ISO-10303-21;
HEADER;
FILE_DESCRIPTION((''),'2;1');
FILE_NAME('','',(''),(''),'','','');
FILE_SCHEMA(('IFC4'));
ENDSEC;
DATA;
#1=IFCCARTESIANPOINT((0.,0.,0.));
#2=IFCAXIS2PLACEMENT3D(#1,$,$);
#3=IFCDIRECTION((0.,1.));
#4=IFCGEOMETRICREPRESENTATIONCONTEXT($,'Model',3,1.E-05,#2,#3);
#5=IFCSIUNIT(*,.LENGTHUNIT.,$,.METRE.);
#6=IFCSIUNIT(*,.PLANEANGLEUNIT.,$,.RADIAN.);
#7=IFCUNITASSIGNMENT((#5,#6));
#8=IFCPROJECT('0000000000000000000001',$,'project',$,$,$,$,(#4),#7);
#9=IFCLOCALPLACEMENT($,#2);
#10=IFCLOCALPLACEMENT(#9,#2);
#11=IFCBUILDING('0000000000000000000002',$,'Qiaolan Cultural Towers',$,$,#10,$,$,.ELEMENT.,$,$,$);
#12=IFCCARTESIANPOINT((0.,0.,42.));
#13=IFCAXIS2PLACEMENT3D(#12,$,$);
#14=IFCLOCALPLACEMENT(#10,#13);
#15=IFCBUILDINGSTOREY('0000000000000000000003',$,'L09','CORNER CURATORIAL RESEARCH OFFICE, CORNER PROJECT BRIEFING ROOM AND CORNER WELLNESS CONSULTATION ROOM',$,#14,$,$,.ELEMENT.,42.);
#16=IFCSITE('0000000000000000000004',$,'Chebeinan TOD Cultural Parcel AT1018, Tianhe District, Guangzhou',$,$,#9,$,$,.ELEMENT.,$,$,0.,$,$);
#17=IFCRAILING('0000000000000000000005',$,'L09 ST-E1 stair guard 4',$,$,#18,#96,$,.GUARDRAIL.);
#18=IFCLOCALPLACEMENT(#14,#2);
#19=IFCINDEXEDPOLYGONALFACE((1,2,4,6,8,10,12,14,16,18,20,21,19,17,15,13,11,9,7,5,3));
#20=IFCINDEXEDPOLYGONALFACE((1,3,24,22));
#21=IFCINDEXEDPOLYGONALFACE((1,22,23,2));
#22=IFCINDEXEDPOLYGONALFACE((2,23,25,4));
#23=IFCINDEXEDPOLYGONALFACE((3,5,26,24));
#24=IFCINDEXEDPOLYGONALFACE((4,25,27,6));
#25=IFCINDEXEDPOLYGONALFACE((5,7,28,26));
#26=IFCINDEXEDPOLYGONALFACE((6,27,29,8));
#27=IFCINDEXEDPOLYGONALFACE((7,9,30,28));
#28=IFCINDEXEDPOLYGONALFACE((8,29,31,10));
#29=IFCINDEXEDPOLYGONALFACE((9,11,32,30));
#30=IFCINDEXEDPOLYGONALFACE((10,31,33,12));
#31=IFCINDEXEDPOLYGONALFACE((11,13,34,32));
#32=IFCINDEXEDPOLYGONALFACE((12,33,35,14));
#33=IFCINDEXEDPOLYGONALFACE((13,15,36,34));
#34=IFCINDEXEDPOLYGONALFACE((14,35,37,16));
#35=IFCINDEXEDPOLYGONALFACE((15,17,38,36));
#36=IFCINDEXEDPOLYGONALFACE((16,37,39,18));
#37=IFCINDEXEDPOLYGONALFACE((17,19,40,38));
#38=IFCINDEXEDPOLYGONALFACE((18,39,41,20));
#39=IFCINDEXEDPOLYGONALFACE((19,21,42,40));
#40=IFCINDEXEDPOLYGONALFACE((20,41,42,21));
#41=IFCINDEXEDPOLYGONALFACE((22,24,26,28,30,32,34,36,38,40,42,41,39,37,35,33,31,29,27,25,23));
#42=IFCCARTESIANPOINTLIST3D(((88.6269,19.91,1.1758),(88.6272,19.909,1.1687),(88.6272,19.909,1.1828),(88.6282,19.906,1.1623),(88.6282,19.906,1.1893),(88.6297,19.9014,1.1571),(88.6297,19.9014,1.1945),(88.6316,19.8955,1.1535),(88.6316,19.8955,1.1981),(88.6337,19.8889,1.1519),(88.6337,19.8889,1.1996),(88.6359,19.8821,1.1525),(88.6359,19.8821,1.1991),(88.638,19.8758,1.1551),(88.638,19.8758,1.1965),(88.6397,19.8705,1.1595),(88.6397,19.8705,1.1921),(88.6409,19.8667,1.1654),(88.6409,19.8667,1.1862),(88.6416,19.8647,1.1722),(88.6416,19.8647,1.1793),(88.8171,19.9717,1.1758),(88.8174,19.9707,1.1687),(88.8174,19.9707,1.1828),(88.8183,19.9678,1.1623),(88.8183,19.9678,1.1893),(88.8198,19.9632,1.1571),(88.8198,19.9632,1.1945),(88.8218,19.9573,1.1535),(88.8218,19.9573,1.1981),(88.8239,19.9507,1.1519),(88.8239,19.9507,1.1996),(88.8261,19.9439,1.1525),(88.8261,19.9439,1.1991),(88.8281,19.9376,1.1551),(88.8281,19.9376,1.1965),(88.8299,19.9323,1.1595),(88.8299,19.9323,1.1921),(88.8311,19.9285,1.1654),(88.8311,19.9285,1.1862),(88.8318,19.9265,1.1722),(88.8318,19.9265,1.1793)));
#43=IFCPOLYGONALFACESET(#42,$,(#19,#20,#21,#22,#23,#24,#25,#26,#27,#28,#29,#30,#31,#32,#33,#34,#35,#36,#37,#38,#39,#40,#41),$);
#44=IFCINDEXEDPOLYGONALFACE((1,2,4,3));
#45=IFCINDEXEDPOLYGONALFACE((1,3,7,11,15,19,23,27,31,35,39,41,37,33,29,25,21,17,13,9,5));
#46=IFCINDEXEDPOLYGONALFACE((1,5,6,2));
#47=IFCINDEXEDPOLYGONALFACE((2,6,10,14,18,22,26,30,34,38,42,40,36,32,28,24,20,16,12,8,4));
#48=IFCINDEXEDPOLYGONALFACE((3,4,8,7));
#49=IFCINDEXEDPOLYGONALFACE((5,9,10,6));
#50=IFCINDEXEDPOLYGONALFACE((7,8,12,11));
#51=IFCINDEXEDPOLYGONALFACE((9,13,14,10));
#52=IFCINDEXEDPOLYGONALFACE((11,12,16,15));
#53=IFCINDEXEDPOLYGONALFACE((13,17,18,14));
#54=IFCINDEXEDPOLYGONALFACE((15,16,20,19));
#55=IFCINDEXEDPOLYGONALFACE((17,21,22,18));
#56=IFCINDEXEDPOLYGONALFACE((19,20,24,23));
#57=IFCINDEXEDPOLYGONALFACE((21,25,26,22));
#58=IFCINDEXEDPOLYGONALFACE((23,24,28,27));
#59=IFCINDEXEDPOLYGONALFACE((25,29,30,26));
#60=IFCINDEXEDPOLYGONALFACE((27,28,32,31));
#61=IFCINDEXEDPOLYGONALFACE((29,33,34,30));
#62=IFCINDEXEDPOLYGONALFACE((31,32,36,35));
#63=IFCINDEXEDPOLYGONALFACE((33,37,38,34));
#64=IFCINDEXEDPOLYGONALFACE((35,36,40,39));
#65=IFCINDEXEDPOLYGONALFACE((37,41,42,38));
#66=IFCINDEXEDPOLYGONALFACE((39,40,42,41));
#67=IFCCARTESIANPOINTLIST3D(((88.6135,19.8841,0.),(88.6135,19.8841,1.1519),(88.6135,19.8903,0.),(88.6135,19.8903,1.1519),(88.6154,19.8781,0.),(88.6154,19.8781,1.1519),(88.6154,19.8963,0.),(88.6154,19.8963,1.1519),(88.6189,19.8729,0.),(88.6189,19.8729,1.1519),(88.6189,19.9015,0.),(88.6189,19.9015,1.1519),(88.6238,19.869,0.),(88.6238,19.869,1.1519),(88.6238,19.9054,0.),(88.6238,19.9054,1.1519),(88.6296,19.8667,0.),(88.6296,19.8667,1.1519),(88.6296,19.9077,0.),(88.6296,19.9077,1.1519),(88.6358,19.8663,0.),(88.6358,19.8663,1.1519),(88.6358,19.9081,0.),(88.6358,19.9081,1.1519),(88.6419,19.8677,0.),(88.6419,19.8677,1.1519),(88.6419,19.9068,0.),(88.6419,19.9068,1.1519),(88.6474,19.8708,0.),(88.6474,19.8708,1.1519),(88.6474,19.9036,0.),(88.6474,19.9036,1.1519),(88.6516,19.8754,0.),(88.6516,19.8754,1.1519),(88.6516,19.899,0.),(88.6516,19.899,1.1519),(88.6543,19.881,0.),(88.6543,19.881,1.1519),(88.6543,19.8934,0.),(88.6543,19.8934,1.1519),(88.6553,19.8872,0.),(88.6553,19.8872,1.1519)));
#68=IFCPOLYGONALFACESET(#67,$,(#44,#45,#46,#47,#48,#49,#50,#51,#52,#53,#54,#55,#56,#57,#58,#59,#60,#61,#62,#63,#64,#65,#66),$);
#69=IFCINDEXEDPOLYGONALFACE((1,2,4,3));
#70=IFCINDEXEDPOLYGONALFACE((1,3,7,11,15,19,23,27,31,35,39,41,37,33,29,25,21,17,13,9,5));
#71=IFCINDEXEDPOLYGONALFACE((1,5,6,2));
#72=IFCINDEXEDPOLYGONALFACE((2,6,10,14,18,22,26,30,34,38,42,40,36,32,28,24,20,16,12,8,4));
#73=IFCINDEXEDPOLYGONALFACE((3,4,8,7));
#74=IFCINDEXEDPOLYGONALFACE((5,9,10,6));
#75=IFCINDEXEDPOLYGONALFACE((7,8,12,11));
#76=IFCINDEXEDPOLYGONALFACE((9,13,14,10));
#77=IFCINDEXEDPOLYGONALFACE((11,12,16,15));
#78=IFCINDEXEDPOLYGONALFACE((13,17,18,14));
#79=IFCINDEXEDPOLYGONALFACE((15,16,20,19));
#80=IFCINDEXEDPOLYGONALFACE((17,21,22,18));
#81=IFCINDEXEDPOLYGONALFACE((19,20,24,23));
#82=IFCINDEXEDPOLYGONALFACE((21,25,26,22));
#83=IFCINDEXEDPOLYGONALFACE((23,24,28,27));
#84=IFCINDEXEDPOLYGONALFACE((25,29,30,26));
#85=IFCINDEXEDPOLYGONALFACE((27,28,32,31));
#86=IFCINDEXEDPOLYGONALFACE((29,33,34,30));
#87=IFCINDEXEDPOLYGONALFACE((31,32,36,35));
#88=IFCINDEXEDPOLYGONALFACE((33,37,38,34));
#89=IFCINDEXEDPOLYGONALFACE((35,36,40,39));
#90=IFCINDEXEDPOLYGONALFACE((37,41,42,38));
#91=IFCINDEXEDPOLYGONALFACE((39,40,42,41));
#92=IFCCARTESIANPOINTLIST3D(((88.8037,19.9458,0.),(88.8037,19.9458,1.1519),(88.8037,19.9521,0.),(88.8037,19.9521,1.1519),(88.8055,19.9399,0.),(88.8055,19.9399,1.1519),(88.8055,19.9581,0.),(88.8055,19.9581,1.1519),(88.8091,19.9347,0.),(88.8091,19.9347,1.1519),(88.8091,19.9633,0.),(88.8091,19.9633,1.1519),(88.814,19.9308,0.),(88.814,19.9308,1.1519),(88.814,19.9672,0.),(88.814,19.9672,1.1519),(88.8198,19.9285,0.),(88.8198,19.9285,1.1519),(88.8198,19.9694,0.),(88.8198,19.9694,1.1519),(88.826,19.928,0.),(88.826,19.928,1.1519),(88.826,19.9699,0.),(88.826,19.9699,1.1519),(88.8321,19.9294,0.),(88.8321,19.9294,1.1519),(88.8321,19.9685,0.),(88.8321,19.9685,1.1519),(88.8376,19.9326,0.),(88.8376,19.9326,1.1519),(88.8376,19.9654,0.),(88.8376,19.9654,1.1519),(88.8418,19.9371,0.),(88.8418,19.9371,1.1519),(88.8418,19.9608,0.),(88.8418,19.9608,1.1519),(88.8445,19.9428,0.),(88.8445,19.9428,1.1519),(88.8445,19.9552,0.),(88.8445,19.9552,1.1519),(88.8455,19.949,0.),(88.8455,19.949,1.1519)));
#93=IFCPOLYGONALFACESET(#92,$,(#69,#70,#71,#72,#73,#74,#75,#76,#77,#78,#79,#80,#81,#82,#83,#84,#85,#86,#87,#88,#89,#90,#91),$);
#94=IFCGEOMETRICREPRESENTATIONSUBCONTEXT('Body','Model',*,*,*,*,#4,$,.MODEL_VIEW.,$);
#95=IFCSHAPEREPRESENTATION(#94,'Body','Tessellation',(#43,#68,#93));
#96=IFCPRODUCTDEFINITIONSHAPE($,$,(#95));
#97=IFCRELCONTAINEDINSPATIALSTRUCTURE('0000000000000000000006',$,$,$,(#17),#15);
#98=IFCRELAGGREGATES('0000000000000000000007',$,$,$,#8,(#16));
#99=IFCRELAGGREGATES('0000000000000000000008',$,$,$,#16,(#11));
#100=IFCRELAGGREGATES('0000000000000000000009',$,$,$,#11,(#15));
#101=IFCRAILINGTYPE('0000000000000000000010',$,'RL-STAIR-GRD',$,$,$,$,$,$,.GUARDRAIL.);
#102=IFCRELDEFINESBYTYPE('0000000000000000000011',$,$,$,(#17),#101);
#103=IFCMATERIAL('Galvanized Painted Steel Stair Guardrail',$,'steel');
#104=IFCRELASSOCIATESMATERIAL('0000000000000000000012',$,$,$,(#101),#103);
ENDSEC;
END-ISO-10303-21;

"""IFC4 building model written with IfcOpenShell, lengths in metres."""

from ifc_helpers import new_model, si_unit, direction, frame, origin, origin_2d, place, context, subcontext, project, spatial, circle, extrude, material, type_object, element, save


model = new_model("IFC4")

# Units and contexts
model_context = context("Model", 3, precision=1e-05, world=origin(), true_north=direction((0.0, 1.0)))
body_context = subcontext(model_context, "Body", "Model", "MODEL_VIEW")
ifc_project = project(units=[si_unit("LENGTHUNIT", "METRE"), si_unit("PLANEANGLEUNIT", "RADIAN")], contexts=[model_context])

# Site, building, storey
site_placement = place(None, origin())
site = spatial("IfcSite", under=ifc_project, at=site_placement, Name="Chebeinan TOD Cultural Parcel AT1018, Tianhe District, Guangzhou", CompositionType="ELEMENT", RefElevation=0.0)
building_placement = place(site_placement, origin())
building = spatial("IfcBuilding", under=site, at=building_placement, Name="Qiaolan Cultural Towers", CompositionType="ELEMENT")
storey_placement = place(building_placement, frame((0.0, 0.0, 42.0)))
storey = spatial("IfcBuildingStorey", under=building, at=storey_placement, Name="L09", Description="CORNER CURATORIAL RESEARCH OFFICE, CORNER PROJECT BRIEFING ROOM AND CORNER WELLNESS CONSULTATION ROOM", CompositionType="ELEMENT", Elevation=42.0)

# Railing
ifc_material_1 = material(Name="Galvanized Painted Steel Stair Guardrail", Category="steel")
railing_type_1 = type_object("IfcRailingType", Name="RL-STAIR-GRD", PredefinedType="GUARDRAIL", material=ifc_material_1)
railing_1_placement = place(storey_placement, frame((88.6343, 19.8872, 0.0)))
element("IfcRailing", 1, at=railing_1_placement, inside=storey, type_object=railing_type_1, Name="L09 ST-E1 stair guard 4", PredefinedType="GUARDRAIL", context=body_context, shape_type="SweptSolid", body=[
    extrude(circle(Radius=0.0239, at=origin_2d()), frame((0.0, 0.0, 1.1758), z_axis=(0.951097, 0.308893, 0.0), x_axis=(-0.308893, 0.951097, 0.0)), (0.0, 0.0, 1.0), 0.2),
    extrude(circle(Radius=0.021, at=origin_2d()), origin(), (0.0, 0.0, 1.0), 1.1519),
    extrude(circle(Radius=0.021, at=origin_2d()), frame((0.1902, 0.0618, 0.0)), (0.0, 0.0, 1.0), 1.1519),
])

save(model, "model.ifc")
